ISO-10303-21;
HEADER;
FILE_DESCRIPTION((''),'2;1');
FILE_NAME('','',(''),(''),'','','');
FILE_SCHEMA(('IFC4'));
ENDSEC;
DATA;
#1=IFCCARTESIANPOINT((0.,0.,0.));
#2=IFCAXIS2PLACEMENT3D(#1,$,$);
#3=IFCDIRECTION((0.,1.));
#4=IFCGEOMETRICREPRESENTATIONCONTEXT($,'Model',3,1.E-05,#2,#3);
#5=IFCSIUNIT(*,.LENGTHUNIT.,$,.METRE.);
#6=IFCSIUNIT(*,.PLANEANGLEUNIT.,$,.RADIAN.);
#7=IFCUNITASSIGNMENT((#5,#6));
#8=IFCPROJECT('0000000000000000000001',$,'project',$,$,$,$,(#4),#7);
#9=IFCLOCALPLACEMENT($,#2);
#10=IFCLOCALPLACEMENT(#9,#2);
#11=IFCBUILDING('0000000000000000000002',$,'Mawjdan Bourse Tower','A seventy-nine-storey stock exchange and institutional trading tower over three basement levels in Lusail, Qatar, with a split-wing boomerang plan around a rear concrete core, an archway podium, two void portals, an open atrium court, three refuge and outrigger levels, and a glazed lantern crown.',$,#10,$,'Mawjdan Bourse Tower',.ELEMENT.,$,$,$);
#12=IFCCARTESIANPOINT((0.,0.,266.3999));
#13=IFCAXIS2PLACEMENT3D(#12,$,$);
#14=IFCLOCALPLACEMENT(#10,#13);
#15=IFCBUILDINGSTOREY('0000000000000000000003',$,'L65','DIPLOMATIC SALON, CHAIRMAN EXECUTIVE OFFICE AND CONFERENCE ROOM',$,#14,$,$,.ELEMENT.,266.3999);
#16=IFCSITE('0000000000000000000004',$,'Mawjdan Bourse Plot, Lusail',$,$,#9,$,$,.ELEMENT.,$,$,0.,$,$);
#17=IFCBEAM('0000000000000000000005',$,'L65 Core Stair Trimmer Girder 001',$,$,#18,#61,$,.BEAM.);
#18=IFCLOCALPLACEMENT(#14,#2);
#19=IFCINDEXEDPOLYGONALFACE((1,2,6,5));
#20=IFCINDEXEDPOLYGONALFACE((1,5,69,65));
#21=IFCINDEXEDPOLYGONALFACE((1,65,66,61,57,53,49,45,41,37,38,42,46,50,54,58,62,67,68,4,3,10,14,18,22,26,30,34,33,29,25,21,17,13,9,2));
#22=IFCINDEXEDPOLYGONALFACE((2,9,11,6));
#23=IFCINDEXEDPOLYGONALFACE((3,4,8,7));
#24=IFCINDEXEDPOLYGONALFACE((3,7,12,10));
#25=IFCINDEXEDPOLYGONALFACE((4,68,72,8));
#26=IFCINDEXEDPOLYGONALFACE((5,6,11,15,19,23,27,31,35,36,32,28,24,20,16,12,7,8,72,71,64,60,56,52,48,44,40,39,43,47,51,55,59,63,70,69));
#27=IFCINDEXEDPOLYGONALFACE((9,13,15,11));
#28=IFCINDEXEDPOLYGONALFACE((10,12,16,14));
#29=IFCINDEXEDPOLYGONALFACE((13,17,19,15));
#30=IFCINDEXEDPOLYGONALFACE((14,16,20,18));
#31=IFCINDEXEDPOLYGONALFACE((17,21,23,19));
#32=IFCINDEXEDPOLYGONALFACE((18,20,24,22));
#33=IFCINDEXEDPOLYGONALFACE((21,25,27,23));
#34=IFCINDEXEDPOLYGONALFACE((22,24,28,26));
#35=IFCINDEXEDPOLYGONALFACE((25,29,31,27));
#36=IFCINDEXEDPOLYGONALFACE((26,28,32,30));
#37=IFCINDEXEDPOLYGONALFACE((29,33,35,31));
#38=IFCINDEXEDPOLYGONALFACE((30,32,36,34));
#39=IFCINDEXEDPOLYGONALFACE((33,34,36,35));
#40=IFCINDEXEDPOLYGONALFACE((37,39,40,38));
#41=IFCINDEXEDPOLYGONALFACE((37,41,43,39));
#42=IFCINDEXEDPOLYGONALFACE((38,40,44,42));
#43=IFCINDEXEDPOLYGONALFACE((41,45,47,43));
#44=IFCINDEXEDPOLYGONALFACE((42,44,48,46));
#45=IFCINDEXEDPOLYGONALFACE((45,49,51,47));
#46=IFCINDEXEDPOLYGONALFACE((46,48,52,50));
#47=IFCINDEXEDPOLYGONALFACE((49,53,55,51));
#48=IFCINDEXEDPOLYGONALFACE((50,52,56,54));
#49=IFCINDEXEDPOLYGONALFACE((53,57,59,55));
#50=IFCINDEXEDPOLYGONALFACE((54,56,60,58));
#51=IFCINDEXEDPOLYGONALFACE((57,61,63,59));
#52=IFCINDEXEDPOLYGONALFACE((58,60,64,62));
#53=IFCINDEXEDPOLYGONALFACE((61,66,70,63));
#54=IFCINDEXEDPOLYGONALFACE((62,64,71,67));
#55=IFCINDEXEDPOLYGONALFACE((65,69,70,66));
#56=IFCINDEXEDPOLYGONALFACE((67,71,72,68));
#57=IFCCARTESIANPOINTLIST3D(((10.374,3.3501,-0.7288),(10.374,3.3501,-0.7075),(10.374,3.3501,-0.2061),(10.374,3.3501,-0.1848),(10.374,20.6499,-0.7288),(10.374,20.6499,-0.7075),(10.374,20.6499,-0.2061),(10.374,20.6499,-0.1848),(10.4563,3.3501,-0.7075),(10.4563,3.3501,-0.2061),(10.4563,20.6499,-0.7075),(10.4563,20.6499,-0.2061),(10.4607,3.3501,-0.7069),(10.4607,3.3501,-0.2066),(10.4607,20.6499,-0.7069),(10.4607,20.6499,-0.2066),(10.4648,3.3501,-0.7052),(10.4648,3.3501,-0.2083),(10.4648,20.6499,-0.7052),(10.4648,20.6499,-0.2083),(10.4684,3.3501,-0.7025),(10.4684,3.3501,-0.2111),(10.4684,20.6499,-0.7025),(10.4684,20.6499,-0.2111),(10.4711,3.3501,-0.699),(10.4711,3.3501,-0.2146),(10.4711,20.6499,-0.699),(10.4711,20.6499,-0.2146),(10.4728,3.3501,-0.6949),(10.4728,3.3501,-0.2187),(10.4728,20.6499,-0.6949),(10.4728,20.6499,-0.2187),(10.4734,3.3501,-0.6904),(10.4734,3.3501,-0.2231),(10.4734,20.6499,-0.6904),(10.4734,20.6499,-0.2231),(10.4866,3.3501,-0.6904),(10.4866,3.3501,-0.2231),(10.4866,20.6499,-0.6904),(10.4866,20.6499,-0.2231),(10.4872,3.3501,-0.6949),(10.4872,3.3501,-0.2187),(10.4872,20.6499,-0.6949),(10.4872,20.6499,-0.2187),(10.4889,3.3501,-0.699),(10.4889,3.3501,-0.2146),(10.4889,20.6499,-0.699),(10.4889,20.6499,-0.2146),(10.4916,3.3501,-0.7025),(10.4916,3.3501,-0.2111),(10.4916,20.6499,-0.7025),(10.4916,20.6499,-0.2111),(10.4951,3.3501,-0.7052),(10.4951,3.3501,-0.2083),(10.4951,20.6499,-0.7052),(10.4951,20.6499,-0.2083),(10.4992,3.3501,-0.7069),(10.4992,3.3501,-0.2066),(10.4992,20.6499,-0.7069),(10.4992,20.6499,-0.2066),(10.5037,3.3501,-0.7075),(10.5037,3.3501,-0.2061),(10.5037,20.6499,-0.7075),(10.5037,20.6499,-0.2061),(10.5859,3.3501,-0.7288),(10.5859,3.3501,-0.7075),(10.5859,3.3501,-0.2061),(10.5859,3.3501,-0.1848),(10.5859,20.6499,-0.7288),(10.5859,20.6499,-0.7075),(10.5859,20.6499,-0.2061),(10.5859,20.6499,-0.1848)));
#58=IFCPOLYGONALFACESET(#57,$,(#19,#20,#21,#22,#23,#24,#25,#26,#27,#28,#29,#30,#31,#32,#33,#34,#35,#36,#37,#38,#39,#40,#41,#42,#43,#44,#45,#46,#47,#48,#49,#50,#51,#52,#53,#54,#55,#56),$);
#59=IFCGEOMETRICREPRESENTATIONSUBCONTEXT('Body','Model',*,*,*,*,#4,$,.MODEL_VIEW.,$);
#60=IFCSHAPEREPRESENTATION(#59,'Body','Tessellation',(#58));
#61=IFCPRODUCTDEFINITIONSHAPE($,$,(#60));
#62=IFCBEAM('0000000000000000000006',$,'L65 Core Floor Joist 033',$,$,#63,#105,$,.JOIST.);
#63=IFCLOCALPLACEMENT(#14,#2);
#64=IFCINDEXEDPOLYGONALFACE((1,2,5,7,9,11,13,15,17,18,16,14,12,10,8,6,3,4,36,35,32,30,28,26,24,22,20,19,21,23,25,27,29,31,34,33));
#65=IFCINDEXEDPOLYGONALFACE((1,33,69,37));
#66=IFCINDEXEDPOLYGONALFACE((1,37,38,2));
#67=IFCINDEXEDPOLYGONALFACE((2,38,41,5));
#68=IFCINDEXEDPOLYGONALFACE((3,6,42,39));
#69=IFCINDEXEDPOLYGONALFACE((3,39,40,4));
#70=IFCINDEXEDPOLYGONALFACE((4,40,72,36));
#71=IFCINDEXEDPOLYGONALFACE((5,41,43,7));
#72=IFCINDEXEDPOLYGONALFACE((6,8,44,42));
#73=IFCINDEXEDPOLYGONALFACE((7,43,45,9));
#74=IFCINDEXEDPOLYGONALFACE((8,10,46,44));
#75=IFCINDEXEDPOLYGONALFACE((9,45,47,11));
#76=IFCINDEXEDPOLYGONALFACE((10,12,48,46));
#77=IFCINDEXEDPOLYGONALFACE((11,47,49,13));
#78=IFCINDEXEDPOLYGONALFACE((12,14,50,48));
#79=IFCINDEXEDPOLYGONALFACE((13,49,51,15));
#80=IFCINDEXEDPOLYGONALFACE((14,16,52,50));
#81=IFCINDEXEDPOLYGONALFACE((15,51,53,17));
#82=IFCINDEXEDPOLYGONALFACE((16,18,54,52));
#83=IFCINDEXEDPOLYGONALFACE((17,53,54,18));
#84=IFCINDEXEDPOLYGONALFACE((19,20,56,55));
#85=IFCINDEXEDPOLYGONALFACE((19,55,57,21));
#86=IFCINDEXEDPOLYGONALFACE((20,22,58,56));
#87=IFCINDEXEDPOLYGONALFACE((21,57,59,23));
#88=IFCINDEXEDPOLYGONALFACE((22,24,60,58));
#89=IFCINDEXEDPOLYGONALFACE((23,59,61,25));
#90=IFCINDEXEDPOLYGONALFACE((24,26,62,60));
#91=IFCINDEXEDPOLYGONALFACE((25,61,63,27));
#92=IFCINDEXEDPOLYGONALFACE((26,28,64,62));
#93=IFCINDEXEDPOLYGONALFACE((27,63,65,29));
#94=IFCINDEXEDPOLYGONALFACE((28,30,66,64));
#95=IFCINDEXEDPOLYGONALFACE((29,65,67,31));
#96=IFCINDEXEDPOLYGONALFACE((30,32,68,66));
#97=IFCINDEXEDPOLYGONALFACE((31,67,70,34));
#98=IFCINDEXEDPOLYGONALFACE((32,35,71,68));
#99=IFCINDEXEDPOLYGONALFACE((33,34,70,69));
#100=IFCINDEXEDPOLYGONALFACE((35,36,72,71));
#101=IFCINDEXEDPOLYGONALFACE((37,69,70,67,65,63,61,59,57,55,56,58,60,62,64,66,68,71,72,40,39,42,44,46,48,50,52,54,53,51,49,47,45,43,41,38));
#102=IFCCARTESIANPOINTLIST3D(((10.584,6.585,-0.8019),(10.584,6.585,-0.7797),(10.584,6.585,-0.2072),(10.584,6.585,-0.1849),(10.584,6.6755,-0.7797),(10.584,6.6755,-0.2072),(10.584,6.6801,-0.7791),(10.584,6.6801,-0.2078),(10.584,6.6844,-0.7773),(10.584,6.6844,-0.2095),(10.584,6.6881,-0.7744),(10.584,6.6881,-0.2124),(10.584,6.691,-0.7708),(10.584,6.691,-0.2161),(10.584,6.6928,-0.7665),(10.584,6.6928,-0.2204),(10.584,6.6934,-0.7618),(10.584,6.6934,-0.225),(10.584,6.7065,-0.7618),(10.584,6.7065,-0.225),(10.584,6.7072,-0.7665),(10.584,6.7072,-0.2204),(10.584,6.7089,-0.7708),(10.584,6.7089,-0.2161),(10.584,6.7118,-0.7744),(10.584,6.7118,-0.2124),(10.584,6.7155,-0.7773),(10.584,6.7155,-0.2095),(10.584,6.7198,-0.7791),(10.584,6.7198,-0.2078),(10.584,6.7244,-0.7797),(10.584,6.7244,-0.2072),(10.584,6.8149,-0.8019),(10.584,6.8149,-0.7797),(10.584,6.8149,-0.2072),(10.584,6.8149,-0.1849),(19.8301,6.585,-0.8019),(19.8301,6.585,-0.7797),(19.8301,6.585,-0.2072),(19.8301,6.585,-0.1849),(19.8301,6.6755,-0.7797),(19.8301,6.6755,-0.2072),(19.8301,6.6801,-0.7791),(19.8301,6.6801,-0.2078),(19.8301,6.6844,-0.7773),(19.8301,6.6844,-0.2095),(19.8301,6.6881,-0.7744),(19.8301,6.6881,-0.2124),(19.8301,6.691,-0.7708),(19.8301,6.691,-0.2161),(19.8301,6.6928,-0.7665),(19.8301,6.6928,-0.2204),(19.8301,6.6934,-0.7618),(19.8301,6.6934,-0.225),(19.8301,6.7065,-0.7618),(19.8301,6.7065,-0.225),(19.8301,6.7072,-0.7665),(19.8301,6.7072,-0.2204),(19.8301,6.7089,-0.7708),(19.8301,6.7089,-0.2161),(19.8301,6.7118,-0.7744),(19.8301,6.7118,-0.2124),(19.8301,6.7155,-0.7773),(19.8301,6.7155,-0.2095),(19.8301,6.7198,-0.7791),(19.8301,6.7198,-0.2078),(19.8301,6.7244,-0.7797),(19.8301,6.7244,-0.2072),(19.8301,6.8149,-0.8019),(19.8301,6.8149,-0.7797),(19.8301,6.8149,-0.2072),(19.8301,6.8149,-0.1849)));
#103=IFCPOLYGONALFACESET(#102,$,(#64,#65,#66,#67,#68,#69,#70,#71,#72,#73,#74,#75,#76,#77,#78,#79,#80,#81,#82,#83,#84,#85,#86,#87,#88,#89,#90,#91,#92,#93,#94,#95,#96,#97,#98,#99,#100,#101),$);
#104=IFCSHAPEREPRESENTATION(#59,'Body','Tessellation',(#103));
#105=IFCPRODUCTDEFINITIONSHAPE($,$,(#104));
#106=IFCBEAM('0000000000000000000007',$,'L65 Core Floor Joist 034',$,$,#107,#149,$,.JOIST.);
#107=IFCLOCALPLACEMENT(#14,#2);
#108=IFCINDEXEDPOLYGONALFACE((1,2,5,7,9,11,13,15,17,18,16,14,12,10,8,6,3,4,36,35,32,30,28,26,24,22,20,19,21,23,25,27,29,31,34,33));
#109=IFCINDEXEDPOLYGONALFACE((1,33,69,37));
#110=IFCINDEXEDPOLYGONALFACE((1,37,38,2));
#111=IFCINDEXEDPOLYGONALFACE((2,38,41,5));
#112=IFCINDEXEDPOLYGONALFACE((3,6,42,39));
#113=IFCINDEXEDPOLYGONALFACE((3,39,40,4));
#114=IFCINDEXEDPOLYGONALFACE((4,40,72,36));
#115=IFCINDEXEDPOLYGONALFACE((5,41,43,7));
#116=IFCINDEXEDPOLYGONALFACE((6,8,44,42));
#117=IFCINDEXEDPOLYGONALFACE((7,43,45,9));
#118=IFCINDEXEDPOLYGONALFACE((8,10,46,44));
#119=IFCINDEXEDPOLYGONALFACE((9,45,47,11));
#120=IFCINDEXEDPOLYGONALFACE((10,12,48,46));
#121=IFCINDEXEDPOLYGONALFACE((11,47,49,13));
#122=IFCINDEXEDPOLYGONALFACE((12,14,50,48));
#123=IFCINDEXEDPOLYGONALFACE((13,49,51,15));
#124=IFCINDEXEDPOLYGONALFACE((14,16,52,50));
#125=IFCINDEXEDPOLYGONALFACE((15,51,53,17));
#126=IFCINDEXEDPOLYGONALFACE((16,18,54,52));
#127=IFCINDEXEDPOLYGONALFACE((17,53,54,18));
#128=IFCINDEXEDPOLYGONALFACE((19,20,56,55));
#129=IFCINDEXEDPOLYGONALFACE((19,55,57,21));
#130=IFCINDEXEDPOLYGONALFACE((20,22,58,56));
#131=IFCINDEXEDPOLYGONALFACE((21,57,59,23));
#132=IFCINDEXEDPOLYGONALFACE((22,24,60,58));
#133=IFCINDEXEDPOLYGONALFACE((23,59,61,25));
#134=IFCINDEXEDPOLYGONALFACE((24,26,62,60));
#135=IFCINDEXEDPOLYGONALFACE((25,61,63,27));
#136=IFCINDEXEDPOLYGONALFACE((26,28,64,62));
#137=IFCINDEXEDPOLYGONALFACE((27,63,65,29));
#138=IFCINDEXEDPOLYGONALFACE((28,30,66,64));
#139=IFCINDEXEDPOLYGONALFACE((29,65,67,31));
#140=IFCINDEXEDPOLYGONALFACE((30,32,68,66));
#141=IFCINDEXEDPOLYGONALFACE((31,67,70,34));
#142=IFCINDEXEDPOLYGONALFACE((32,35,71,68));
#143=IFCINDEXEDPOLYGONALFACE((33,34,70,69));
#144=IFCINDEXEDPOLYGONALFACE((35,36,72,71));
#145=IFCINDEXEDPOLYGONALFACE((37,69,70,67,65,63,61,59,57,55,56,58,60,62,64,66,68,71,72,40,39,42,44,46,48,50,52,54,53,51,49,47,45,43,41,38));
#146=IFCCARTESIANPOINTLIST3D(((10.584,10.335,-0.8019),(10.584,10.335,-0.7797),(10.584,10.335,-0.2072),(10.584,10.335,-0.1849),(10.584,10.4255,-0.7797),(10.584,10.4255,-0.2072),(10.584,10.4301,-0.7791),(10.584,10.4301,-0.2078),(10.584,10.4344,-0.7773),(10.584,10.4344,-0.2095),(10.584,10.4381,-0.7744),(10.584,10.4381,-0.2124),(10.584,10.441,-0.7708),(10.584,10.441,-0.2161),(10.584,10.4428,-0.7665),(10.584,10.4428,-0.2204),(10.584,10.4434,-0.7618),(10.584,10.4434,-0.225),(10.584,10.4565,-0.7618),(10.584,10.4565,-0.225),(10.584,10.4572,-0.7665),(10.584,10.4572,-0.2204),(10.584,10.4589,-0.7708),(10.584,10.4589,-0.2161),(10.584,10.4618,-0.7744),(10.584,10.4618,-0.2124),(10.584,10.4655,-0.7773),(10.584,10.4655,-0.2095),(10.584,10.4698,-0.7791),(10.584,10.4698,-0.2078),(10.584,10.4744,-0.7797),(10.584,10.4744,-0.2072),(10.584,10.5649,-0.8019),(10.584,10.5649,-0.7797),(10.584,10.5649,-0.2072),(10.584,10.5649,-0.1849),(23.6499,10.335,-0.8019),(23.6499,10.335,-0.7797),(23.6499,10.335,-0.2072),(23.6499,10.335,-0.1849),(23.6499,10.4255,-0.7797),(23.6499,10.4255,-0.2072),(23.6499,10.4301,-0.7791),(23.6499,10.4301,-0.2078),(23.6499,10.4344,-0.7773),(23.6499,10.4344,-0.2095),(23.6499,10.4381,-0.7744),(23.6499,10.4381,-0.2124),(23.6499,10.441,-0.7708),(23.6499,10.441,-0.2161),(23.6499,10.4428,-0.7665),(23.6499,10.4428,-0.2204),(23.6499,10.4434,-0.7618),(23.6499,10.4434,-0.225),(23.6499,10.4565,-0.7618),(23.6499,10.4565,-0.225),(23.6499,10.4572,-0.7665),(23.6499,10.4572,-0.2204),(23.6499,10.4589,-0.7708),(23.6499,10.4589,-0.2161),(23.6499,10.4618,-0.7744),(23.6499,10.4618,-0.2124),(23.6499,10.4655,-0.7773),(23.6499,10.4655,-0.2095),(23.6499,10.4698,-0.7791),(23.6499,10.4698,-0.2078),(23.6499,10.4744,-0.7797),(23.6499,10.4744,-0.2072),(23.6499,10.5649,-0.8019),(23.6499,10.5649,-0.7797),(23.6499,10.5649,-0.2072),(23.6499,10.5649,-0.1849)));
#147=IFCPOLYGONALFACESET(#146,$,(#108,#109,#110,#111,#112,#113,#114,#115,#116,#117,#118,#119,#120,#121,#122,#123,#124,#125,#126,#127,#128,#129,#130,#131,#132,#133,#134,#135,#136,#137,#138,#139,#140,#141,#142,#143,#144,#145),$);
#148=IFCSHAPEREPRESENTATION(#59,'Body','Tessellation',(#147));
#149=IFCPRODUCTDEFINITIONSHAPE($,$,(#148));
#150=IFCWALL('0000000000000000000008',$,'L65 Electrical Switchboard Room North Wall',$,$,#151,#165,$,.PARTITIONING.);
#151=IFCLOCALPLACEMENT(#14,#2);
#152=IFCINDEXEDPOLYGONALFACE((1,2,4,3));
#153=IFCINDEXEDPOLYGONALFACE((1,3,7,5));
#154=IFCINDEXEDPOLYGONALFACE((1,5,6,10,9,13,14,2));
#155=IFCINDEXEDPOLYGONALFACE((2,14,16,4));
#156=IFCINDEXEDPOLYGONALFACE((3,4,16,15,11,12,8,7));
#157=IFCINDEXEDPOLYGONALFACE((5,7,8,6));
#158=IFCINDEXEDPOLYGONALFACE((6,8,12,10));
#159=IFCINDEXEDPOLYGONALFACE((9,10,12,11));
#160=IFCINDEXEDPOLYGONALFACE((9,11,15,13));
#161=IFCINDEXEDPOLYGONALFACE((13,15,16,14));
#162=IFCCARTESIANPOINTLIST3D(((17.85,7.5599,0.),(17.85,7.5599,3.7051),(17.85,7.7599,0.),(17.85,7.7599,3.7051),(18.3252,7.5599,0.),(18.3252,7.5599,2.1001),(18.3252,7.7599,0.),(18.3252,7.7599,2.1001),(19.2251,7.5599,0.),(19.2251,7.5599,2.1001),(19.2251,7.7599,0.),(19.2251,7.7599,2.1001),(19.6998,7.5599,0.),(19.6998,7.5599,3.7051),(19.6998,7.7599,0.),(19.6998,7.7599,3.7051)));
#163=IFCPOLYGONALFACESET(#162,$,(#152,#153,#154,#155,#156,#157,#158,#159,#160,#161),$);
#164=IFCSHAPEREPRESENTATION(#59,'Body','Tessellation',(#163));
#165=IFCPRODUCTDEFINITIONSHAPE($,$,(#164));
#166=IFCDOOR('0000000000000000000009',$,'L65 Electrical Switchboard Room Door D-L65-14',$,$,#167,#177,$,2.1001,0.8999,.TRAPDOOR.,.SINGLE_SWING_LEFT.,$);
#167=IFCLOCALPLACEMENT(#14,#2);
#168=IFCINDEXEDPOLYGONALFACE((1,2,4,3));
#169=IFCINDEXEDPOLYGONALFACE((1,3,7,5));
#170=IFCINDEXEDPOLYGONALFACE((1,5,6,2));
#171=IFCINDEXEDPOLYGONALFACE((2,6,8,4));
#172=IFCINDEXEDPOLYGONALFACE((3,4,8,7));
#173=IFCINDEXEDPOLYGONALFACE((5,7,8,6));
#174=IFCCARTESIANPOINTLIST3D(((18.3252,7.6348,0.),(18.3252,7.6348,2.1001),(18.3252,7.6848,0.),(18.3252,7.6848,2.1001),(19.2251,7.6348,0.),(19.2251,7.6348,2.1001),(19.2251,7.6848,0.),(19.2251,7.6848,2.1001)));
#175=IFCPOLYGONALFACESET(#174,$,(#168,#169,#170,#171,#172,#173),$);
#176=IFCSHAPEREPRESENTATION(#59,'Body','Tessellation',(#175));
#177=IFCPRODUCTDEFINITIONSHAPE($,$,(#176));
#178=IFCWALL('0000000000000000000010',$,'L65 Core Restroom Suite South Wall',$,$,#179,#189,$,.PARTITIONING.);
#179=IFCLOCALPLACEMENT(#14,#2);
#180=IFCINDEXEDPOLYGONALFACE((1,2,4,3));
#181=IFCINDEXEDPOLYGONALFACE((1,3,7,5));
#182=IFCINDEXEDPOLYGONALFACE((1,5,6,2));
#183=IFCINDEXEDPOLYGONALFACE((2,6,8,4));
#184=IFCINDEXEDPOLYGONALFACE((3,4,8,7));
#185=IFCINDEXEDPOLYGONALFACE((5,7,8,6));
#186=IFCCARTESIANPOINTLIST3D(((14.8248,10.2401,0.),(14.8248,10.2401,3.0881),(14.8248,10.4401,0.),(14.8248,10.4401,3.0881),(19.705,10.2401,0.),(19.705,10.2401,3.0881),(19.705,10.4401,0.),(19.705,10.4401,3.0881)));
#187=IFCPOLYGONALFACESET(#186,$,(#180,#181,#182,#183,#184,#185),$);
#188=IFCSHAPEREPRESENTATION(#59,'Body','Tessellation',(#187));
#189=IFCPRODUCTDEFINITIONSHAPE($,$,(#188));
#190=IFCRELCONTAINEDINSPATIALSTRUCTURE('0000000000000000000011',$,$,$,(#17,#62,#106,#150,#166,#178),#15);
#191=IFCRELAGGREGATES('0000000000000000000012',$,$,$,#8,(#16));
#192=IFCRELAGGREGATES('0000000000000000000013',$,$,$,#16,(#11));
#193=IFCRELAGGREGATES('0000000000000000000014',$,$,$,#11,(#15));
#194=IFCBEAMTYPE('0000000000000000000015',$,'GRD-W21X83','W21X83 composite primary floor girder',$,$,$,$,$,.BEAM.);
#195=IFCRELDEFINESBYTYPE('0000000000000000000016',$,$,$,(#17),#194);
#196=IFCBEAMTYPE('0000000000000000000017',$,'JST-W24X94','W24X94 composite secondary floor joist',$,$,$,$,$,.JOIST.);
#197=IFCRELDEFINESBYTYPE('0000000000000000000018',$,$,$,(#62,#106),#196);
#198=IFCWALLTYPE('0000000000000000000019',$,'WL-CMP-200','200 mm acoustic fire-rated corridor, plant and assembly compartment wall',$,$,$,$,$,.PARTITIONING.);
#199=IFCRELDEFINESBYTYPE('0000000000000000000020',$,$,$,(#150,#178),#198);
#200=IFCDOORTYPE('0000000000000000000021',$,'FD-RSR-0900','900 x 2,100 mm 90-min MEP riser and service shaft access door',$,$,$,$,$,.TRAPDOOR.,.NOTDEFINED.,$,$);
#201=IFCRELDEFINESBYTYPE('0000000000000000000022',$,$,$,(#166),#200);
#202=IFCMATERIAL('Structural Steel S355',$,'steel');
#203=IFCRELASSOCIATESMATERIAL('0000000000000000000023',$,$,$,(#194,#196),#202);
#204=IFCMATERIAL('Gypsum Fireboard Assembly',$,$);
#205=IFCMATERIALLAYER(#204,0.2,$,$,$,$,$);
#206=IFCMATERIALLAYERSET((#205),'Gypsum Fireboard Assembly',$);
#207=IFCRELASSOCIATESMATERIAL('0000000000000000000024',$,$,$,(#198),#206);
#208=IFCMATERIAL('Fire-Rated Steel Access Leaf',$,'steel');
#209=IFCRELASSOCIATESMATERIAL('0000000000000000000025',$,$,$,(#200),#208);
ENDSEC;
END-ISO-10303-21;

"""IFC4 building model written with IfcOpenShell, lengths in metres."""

from ifc_helpers import new_model, si_unit, direction, frame, frame_2d, origin, origin_2d, place, context, subcontext, project, spatial, rectangle, i_section, extrude, material, layer, layer_set, material_profile, profile_set, type_object, element, fill, save


model = new_model("IFC4")

# Units and contexts
model_context = context("Model", 3, precision=1e-05, world=origin(), true_north=direction((0.0, 1.0)))
body_context = subcontext(model_context, "Body", "Model", "MODEL_VIEW")
ifc_project = project(units=[si_unit("LENGTHUNIT", "METRE"), si_unit("PLANEANGLEUNIT", "RADIAN")], contexts=[model_context])

# Site, building, storey
site_placement = place(None, origin())
site = spatial("IfcSite", under=ifc_project, at=site_placement, Name="Mawjdan Bourse Plot, Lusail", CompositionType="ELEMENT", RefElevation=0.0)
building_placement = place(site_placement, origin())
building = spatial("IfcBuilding", under=site, at=building_placement, Name="Mawjdan Bourse Tower", Description="A seventy-nine-storey stock exchange and institutional trading tower over three basement levels in Lusail, Qatar, with a split-wing boomerang plan around a rear concrete core, an archway podium, two void portals, an open atrium court, three refuge and outrigger levels, and a glazed lantern crown.", LongName="Mawjdan Bourse Tower", CompositionType="ELEMENT")
storey_placement = place(building_placement, frame((0.0, 0.0, 266.3999)))
storey = spatial("IfcBuildingStorey", under=building, at=storey_placement, Name="L65", Description="DIPLOMATIC SALON, CHAIRMAN EXECUTIVE OFFICE AND CONFERENCE ROOM", CompositionType="ELEMENT", Elevation=266.3999)

# Beams
ifc_material_1 = material(Name="Structural Steel S355", Category="steel")
ifc_material_profile_1 = material_profile(ifc_material_1, i_section(OverallWidth=0.2119, OverallDepth=0.5439, WebThickness=0.0132, FlangeThickness=0.0212, FilletRadius=0.0171, at=origin_2d()), Name="W21X83")
ifc_profile_set_1 = profile_set([ifc_material_profile_1], Name="Structural Steel S355")
beam_type_1 = type_object("IfcBeamType", Name="GRD-W21X83", Description="W21X83 composite primary floor girder", PredefinedType="BEAM", material=ifc_profile_set_1)
beam_1_placement = place(storey_placement, frame((10.48, 3.3501, -0.4568), z_axis=(0.0, 1.0, 0.0), x_axis=(-1.0, 0.0, 0.0)))
element("IfcBeam", 1, at=beam_1_placement, inside=storey, type_object=beam_type_1, Name="L65 Core Stair Trimmer Girder 001", PredefinedType="BEAM", context=body_context, shape_type="SweptSolid", body=[
    extrude(i_section(OverallWidth=0.2119, OverallDepth=0.5439, WebThickness=0.0132, FlangeThickness=0.0212, FilletRadius=0.0171, at=origin_2d()), origin(), (0.0, 0.0, 1.0), 17.2998),
])
ifc_material_profile_2 = material_profile(ifc_material_1, i_section(OverallWidth=0.23, OverallDepth=0.6169, WebThickness=0.0132, FlangeThickness=0.0222, FilletRadius=0.0178, at=origin_2d()), Name="W24X94")
ifc_profile_set_2 = profile_set([ifc_material_profile_2], Name="Structural Steel S355")
beam_type_2 = type_object("IfcBeamType", Name="JST-W24X94", Description="W24X94 composite secondary floor joist", PredefinedType="JOIST", material=ifc_profile_set_2)
beam_2_placement = place(storey_placement, frame((10.584, 6.7, -0.4934), z_axis=(1.0, 0.0, 0.0), x_axis=(0.0, 1.0, 0.0)))
element("IfcBeam", 2, at=beam_2_placement, inside=storey, type_object=beam_type_2, Name="L65 Core Floor Joist 033", PredefinedType="JOIST", context=body_context, shape_type="SweptSolid", body=[
    extrude(i_section(OverallWidth=0.23, OverallDepth=0.6169, WebThickness=0.0132, FlangeThickness=0.0222, FilletRadius=0.0178, at=origin_2d()), origin(), (0.0, 0.0, 1.0), 9.2461),
])
beam_3_placement = place(storey_placement, frame((10.584, 10.45, -0.4934), z_axis=(1.0, 0.0, 0.0), x_axis=(0.0, 1.0, 0.0)))
element("IfcBeam", 3, at=beam_3_placement, inside=storey, type_object=beam_type_2, Name="L65 Core Floor Joist 034", PredefinedType="JOIST", context=body_context, shape_type="SweptSolid", body=[
    extrude(i_section(OverallWidth=0.23, OverallDepth=0.6169, WebThickness=0.0132, FlangeThickness=0.0222, FilletRadius=0.0178, at=origin_2d()), origin(), (0.0, 0.0, 1.0), 13.0659),
])

# Wall, opening, door
ifc_material_2 = material(Name="Gypsum Fireboard Assembly")
ifc_layer_1 = layer(ifc_material_2, 0.2)
ifc_layer_set_1 = layer_set([ifc_layer_1], Name="Gypsum Fireboard Assembly")
wall_type_1 = type_object("IfcWallType", Name="WL-CMP-200", Description="200 mm acoustic fire-rated corridor, plant and assembly compartment wall", PredefinedType="PARTITIONING", material=ifc_layer_set_1)
wall_1_placement = place(storey_placement, frame((17.8501, 7.6599, 0.0), z_axis=(0.0, 0.0, 1.0), x_axis=(1.0, 0.0, 0.0)))
wall_1 = element("IfcWall", 4, at=wall_1_placement, inside=storey, type_object=wall_type_1, Name="L65 Electrical Switchboard Room North Wall", PredefinedType="PARTITIONING", context=body_context, shape_type="SweptSolid", body=[
    extrude(rectangle(XDim=1.8499, YDim=0.2, at=frame_2d((0.9248, 0.0))), origin(), (0.0, 0.0, 1.0), 3.7051),
])
opening_1_placement = place(wall_1_placement, frame((0.4751, 0.0, 0.0)))
opening_1 = element("IfcOpeningElement", 5, at=opening_1_placement, cuts=wall_1, PredefinedType="OPENING", context=body_context, shape_type="SweptSolid", body=[
    extrude(rectangle(XDim=0.8999, YDim=2.1001, at=frame_2d((0.45, 1.05))), frame((0.0, 0.1099, 0.0), z_axis=(0.0, -1.0, 0.0), x_axis=(1.0, 0.0, 0.0)), (0.0, 0.0, 1.0), 0.22),
])
ifc_material_3 = material(Name="Fire-Rated Steel Access Leaf", Category="steel")
door_type_1 = type_object("IfcDoorType", Name="FD-RSR-0900", Description="900 x 2,100 mm 90-min MEP riser and service shaft access door", OperationType="NOTDEFINED", PredefinedType="TRAPDOOR", material=ifc_material_3)
door_1_placement = place(opening_1_placement, origin())
door_1 = element("IfcDoor", 6, at=door_1_placement, inside=storey, type_object=door_type_1, Name="L65 Electrical Switchboard Room Door D-L65-14", OperationType="SINGLE_SWING_LEFT", OverallHeight=2.1001, OverallWidth=0.8999, PredefinedType="TRAPDOOR", context=body_context, shape_type="SweptSolid", body=[
    extrude(rectangle(XDim=0.8999, YDim=2.1001, at=frame_2d((0.45, 1.05))), frame((0.0, 0.0249, 0.0), z_axis=(0.0, -1.0, 0.0), x_axis=(1.0, 0.0, 0.0)), (0.0, 0.0, 1.0), 0.05),
])
fill(opening_1, door_1)

# Wall
wall_2_placement = place(storey_placement, frame((14.825, 10.3401, 0.0), z_axis=(0.0, 0.0, 1.0), x_axis=(1.0, 0.0, 0.0)))
element("IfcWall", 7, at=wall_2_placement, inside=storey, type_object=wall_type_1, Name="L65 Core Restroom Suite South Wall", PredefinedType="PARTITIONING", context=body_context, shape_type="SweptSolid", body=[
    extrude(rectangle(XDim=4.8801, YDim=0.2, at=frame_2d((2.4399, 0.0))), origin(), (0.0, 0.0, 1.0), 3.0881),
])

save(model, "model.ifc")
